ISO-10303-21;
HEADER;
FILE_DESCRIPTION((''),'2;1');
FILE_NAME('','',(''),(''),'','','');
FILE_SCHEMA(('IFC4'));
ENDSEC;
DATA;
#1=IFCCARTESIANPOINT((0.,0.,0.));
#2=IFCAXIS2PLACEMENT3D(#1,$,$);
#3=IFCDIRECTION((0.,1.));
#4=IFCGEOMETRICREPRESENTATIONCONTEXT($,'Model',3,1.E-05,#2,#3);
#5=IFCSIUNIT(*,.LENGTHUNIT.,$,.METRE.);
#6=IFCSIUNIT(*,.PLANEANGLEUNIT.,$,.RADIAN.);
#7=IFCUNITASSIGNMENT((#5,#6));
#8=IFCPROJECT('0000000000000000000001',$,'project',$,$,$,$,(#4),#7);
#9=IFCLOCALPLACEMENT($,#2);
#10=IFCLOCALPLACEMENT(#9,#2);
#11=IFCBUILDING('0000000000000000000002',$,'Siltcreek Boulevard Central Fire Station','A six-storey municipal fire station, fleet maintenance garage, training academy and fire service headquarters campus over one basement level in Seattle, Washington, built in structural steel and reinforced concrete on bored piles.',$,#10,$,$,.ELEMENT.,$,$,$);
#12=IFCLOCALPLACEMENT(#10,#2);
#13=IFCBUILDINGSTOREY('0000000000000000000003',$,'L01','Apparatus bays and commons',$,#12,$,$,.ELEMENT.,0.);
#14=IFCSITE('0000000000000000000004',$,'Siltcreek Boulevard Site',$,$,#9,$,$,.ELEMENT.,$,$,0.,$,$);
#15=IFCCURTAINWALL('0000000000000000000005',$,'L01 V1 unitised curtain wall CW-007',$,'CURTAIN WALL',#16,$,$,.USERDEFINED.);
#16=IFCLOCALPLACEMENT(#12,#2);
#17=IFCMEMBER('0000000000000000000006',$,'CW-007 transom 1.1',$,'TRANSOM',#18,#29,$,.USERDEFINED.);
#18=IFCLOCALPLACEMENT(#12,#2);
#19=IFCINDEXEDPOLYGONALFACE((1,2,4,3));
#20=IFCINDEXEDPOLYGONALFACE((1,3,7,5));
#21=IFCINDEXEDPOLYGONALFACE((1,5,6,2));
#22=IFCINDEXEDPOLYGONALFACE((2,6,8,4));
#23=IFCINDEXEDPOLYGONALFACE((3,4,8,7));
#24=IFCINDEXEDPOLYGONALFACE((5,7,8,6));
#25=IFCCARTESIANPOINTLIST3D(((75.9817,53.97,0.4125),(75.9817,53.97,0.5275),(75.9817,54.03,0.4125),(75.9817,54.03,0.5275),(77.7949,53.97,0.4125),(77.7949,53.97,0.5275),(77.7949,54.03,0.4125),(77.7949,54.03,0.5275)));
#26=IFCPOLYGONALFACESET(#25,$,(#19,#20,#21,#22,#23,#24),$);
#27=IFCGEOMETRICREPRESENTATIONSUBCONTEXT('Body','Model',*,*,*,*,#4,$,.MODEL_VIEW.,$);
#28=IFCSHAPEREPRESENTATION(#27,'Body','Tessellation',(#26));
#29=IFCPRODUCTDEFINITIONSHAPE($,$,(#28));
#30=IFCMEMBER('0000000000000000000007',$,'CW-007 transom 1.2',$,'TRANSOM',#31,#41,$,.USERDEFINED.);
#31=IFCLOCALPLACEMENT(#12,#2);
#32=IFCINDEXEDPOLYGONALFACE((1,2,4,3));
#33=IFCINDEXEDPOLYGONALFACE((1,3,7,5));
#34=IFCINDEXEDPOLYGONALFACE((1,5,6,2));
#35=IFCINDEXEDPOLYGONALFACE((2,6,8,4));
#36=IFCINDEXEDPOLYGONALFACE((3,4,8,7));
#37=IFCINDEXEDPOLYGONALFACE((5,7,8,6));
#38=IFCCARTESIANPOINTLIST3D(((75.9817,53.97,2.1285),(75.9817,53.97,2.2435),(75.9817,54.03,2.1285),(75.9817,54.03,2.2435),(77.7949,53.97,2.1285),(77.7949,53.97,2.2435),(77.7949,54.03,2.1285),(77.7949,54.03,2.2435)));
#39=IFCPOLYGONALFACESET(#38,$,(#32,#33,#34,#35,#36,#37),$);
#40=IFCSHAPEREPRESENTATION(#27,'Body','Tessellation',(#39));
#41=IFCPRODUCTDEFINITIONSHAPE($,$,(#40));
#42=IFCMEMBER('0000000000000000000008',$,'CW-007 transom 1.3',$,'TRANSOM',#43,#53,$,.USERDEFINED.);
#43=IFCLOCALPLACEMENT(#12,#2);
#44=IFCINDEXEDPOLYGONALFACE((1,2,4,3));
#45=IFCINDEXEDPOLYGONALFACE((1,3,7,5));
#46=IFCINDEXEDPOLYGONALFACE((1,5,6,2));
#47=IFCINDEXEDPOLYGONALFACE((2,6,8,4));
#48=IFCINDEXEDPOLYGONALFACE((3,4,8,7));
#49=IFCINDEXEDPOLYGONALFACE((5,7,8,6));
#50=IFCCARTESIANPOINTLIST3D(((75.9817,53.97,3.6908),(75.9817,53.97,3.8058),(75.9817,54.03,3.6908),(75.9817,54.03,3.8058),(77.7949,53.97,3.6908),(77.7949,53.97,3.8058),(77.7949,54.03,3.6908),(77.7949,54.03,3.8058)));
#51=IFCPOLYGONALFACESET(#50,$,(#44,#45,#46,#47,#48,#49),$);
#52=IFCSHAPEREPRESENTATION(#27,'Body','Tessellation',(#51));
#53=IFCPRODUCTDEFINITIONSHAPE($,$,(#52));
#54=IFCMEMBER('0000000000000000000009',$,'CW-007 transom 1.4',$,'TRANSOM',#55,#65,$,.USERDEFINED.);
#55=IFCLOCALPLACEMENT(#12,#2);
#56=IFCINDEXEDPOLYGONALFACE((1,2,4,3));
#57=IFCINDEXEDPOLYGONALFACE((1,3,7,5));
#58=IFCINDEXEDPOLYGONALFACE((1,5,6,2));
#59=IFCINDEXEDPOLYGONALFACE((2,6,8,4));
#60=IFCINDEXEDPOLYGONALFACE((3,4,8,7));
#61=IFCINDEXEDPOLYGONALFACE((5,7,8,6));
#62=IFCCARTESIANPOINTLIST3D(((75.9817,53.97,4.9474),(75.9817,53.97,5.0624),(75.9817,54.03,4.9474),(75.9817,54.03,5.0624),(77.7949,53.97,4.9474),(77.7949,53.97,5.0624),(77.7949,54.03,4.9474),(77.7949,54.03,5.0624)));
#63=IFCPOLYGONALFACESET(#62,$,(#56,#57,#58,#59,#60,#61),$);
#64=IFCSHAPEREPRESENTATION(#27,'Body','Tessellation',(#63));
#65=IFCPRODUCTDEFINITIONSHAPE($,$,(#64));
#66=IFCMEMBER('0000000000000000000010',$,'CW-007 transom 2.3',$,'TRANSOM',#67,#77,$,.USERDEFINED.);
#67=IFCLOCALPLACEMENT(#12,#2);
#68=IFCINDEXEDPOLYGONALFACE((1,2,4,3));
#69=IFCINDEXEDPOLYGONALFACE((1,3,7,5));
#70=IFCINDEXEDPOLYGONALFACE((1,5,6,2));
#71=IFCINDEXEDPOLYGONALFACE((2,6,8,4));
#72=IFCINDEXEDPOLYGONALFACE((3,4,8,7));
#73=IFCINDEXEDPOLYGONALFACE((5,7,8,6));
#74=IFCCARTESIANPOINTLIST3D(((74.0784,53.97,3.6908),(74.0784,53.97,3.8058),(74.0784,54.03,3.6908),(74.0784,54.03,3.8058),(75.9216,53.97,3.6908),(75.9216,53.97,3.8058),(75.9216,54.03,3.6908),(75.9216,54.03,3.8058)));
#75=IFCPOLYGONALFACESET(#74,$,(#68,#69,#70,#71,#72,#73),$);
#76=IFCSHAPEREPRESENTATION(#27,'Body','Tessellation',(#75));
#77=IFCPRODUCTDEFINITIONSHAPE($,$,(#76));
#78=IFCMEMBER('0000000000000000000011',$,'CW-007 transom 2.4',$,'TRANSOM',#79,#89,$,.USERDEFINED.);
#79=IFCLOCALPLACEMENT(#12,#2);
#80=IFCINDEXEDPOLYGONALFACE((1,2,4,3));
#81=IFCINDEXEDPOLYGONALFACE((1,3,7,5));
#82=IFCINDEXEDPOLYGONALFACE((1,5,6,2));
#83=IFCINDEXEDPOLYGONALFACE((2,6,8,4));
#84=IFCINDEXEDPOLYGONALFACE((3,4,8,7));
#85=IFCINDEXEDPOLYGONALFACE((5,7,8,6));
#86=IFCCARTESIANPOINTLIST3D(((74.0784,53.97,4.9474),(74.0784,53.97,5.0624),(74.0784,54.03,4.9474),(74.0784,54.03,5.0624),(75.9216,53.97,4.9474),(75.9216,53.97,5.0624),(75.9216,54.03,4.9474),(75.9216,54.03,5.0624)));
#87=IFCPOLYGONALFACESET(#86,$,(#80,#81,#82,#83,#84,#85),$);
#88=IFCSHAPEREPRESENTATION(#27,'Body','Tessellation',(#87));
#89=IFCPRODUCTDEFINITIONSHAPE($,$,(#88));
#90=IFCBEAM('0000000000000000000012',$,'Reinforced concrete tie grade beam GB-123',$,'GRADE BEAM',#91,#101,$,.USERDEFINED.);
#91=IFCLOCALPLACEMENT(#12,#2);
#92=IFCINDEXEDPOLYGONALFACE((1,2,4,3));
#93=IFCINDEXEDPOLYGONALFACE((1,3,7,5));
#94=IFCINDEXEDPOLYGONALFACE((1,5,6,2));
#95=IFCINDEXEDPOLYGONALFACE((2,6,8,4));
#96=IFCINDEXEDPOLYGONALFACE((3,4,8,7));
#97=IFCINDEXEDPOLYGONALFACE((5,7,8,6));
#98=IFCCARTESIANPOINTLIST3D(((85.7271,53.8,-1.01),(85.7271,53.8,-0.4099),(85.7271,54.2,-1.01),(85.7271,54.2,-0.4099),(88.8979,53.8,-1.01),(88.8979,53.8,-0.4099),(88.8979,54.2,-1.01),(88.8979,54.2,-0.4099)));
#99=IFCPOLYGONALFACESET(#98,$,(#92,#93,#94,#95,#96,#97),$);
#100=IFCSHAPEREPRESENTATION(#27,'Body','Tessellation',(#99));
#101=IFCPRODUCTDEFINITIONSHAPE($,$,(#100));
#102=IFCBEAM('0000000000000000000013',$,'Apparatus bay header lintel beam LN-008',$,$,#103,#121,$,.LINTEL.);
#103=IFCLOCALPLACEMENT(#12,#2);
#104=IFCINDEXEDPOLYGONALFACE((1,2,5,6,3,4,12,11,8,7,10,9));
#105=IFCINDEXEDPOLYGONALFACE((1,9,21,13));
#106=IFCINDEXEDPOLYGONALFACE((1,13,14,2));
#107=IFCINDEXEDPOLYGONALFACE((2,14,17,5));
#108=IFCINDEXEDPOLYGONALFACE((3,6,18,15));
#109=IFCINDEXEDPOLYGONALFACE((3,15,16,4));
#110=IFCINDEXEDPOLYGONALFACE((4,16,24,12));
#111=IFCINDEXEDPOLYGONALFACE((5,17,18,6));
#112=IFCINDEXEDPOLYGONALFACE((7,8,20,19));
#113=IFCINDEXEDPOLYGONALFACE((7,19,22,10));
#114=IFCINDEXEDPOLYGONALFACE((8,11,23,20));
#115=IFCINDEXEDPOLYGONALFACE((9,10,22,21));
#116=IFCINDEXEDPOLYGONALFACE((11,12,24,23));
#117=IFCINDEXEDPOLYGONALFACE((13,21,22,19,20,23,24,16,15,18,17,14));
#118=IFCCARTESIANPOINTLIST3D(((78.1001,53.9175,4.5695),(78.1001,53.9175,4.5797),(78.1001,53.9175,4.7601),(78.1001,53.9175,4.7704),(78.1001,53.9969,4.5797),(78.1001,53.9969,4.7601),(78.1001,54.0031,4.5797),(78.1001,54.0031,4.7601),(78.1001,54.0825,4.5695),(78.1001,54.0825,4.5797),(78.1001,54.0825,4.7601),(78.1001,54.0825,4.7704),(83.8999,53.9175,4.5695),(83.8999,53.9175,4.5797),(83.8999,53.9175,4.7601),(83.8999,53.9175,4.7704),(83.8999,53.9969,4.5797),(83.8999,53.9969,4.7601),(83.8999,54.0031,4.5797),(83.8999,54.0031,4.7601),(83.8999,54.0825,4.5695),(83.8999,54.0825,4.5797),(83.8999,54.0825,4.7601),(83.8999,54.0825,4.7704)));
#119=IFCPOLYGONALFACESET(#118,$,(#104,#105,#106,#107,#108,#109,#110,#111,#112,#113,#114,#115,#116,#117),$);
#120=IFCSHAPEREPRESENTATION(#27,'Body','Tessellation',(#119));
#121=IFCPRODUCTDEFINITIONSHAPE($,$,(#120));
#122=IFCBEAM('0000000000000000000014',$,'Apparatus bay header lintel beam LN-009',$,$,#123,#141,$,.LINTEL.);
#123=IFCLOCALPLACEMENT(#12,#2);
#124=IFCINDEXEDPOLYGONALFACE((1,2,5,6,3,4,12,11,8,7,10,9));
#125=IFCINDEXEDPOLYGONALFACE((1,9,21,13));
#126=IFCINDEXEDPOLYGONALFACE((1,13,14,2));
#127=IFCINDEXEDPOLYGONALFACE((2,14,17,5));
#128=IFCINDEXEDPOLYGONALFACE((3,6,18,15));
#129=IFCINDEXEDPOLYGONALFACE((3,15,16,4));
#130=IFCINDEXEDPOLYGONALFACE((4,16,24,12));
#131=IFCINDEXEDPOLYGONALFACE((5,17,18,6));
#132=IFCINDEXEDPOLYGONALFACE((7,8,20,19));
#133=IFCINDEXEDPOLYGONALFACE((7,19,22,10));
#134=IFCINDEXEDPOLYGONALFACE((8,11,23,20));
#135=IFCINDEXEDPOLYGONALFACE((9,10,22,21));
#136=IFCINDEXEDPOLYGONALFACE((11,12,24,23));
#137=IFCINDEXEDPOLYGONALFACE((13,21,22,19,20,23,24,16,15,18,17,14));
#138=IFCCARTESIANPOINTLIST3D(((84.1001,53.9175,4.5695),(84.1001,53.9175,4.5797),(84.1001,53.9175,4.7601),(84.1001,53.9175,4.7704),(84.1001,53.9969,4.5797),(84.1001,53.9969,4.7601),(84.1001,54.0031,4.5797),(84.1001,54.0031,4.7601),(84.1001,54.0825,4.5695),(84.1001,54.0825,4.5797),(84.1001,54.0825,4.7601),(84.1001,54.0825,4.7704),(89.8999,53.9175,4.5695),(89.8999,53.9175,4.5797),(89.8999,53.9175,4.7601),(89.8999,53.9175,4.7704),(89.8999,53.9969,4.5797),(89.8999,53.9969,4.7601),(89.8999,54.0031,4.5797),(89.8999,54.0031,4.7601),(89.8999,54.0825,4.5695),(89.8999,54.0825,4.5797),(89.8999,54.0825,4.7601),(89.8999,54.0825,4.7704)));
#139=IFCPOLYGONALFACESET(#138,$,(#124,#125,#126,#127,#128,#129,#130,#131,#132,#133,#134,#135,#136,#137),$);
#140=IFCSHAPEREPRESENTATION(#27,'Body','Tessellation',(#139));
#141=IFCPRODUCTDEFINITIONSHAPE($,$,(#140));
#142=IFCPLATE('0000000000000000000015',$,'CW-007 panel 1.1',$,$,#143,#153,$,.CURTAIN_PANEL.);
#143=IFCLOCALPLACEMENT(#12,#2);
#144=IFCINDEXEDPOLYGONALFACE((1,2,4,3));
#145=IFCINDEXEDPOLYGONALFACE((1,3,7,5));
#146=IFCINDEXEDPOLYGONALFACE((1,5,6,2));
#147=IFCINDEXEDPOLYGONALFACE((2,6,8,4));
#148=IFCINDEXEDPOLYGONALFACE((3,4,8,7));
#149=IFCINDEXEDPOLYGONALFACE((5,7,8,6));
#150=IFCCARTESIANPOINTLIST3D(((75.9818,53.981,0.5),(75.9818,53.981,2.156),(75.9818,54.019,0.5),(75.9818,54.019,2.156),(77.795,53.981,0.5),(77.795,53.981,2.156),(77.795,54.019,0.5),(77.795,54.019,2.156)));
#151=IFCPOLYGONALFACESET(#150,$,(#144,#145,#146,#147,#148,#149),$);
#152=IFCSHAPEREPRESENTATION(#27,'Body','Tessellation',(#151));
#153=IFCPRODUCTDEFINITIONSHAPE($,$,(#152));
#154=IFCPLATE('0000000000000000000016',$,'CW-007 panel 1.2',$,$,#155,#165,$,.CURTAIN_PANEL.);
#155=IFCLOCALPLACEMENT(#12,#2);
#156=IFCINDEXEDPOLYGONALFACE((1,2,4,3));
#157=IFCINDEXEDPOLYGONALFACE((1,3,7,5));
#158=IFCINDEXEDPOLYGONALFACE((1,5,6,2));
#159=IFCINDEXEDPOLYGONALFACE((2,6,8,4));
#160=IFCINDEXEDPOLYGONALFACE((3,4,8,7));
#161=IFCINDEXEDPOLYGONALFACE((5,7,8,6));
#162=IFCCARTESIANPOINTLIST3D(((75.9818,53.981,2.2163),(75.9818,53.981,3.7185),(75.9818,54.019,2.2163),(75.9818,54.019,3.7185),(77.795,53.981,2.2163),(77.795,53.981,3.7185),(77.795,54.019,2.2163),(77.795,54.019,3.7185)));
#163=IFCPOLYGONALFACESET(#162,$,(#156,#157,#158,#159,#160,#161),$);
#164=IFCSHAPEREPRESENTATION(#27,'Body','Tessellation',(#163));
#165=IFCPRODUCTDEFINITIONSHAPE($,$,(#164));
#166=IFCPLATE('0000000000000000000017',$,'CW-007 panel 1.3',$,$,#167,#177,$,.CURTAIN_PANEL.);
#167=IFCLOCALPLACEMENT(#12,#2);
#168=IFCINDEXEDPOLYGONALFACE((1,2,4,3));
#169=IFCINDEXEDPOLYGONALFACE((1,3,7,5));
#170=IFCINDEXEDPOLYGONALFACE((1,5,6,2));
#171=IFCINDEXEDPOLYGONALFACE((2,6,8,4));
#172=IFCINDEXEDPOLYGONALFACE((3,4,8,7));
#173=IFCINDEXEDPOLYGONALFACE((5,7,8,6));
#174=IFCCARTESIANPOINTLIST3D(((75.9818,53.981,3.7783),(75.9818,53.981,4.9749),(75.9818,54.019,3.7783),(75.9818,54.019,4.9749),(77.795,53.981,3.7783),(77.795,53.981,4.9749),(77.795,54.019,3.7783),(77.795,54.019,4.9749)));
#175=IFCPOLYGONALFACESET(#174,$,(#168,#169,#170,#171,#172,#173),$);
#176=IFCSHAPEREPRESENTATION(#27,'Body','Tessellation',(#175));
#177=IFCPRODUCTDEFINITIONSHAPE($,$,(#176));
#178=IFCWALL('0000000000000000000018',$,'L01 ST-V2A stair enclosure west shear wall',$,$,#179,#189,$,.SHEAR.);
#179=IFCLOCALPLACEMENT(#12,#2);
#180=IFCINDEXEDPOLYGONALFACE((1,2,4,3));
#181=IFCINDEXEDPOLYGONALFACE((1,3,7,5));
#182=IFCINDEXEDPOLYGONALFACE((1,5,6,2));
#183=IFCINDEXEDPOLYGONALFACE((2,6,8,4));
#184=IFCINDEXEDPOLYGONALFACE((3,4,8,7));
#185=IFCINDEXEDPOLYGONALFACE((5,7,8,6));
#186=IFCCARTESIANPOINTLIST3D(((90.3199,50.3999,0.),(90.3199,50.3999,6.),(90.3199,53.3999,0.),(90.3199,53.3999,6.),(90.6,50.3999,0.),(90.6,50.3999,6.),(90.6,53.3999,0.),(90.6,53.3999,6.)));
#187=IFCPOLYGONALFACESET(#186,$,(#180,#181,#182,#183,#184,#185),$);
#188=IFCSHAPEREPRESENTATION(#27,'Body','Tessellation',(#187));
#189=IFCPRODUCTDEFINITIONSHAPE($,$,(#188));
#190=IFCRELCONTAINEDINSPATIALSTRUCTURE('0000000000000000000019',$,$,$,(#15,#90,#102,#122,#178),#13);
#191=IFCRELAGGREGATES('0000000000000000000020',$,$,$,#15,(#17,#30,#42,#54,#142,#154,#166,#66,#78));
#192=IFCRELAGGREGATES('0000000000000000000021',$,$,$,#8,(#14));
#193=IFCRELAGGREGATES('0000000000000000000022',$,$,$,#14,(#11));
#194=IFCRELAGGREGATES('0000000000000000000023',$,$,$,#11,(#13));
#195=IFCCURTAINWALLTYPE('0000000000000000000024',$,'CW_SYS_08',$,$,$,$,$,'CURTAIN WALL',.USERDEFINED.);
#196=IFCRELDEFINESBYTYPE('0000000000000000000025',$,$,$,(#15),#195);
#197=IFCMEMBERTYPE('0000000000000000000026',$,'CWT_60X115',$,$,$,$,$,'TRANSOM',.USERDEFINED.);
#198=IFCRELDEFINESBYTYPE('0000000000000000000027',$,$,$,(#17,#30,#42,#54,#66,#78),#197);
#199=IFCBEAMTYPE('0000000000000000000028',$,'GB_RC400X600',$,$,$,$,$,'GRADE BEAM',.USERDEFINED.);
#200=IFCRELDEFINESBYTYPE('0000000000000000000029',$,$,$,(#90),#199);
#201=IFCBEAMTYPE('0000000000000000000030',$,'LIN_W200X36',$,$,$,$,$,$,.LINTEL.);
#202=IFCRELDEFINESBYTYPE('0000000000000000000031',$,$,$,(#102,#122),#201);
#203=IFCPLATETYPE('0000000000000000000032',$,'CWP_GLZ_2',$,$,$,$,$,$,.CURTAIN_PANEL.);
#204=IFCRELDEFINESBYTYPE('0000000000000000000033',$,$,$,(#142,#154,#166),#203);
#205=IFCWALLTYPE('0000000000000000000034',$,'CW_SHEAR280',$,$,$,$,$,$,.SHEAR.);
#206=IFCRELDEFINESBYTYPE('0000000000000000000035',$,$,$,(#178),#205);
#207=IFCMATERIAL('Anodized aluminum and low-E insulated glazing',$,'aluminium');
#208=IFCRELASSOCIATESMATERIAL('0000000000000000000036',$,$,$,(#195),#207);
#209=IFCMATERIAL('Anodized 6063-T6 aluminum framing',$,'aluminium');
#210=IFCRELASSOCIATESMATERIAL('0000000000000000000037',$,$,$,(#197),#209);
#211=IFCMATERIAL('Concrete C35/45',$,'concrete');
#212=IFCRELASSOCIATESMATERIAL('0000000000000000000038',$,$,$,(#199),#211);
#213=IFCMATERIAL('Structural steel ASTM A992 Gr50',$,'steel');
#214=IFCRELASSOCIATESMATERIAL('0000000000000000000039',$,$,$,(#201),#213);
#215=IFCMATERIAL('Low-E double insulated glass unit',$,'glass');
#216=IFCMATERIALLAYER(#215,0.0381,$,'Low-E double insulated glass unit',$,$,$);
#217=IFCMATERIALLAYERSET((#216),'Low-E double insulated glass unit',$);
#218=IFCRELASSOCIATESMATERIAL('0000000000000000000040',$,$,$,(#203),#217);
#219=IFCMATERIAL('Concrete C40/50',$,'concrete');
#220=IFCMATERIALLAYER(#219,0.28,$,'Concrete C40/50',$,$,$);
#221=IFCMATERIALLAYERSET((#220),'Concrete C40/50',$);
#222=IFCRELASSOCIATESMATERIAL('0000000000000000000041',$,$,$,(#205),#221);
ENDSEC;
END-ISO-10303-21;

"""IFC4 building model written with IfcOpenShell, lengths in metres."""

from ifc_helpers import new_model, si_unit, direction, frame, frame_2d, origin, origin_2d, place, context, subcontext, project, spatial, rectangle, i_section, extrude, material, layer, layer_set, material_profile, profile_set, type_object, element, aggregate, save


model = new_model("IFC4")

# Units and contexts
model_context = context("Model", 3, precision=1e-05, world=origin(), true_north=direction((0.0, 1.0)))
body_context = subcontext(model_context, "Body", "Model", "MODEL_VIEW")
ifc_project = project(units=[si_unit("LENGTHUNIT", "METRE"), si_unit("PLANEANGLEUNIT", "RADIAN")], contexts=[model_context])

# Site, building, storey
site_placement = place(None, origin())
site = spatial("IfcSite", under=ifc_project, at=site_placement, Name="Siltcreek Boulevard Site", CompositionType="ELEMENT", RefElevation=0.0)
building_placement = place(site_placement, origin())
building = spatial("IfcBuilding", under=site, at=building_placement, Name="Siltcreek Boulevard Central Fire Station", Description="A six-storey municipal fire station, fleet maintenance garage, training academy and fire service headquarters campus over one basement level in Seattle, Washington, built in structural steel and reinforced concrete on bored piles.", CompositionType="ELEMENT")
storey_placement = place(building_placement, origin())
storey = spatial("IfcBuildingStorey", under=building, at=storey_placement, Name="L01", Description="Apparatus bays and commons", CompositionType="ELEMENT", Elevation=0.0)

# Shared definitions
ifc_material_1 = material(Name="Concrete C35/45", Category="concrete")

# Shared definitions
ifc_material_2 = material(Name="Structural steel ASTM A992 Gr50", Category="steel")

# Curtain wall, members
ifc_material_3 = material(Name="Anodized aluminum and low-E insulated glazing", Category="aluminium")
curtain_wall_type = type_object("IfcCurtainWallType", Name="CW_SYS_08", ElementType="CURTAIN WALL", PredefinedType="USERDEFINED", material=ifc_material_3)
curtain_wall_placement = place(storey_placement, origin())
curtain_wall = element("IfcCurtainWall", 1, at=curtain_wall_placement, inside=storey, type_object=curtain_wall_type, Name="L01 V1 unitised curtain wall CW-007", ObjectType="CURTAIN WALL", PredefinedType="USERDEFINED")
ifc_material_4 = material(Name="Anodized 6063-T6 aluminum framing", Category="aluminium")
ifc_material_profile_1 = material_profile(ifc_material_4, rectangle(XDim=0.0601, YDim=0.115, at=origin_2d()), Name="TRAN60X115")
ifc_profile_set_1 = profile_set([ifc_material_profile_1], Name="Anodized 6063-T6 aluminum framing")
member_type_1 = type_object("IfcMemberType", Name="CWT_60X115", ElementType="TRANSOM", PredefinedType="USERDEFINED", material=ifc_profile_set_1)
member_1_placement = place(storey_placement, frame((77.7949, 54.0, 0.47), z_axis=(-1.0, 0.0, 0.0), x_axis=(0.0, -1.0, 0.0)))
member_1 = element("IfcMember", 2, at=member_1_placement, type_object=member_type_1, Name="CW-007 transom 1.1", ObjectType="TRANSOM", PredefinedType="USERDEFINED", context=body_context, shape_type="SweptSolid", body=[
    extrude(rectangle(XDim=0.0601, YDim=0.115, at=origin_2d()), origin(), (0.0, 0.0, 1.0), 1.8132),
])
member_2_placement = place(storey_placement, frame((77.7949, 54.0, 2.186), z_axis=(-1.0, 0.0, 0.0), x_axis=(0.0, -1.0, 0.0)))
member_2 = element("IfcMember", 3, at=member_2_placement, type_object=member_type_1, Name="CW-007 transom 1.2", ObjectType="TRANSOM", PredefinedType="USERDEFINED", context=body_context, shape_type="SweptSolid", body=[
    extrude(rectangle(XDim=0.0601, YDim=0.115, at=origin_2d()), origin(), (0.0, 0.0, 1.0), 1.8132),
])
member_3_placement = place(storey_placement, frame((77.7949, 54.0, 3.7483), z_axis=(-1.0, 0.0, 0.0), x_axis=(0.0, -1.0, 0.0)))
member_3 = element("IfcMember", 4, at=member_3_placement, type_object=member_type_1, Name="CW-007 transom 1.3", ObjectType="TRANSOM", PredefinedType="USERDEFINED", context=body_context, shape_type="SweptSolid", body=[
    extrude(rectangle(XDim=0.0601, YDim=0.115, at=origin_2d()), origin(), (0.0, 0.0, 1.0), 1.8132),
])
member_4_placement = place(storey_placement, frame((77.7949, 54.0, 5.0049), z_axis=(-1.0, 0.0, 0.0), x_axis=(0.0, -1.0, 0.0)))
member_4 = element("IfcMember", 5, at=member_4_placement, type_object=member_type_1, Name="CW-007 transom 1.4", ObjectType="TRANSOM", PredefinedType="USERDEFINED", context=body_context, shape_type="SweptSolid", body=[
    extrude(rectangle(XDim=0.0601, YDim=0.115, at=origin_2d()), origin(), (0.0, 0.0, 1.0), 1.8132),
])
member_5_placement = place(storey_placement, frame((75.9216, 54.0, 3.7483), z_axis=(-1.0, 0.0, 0.0), x_axis=(0.0, -1.0, 0.0)))
member_5 = element("IfcMember", 6, at=member_5_placement, type_object=member_type_1, Name="CW-007 transom 2.3", ObjectType="TRANSOM", PredefinedType="USERDEFINED", context=body_context, shape_type="SweptSolid", body=[
    extrude(rectangle(XDim=0.0601, YDim=0.115, at=origin_2d()), origin(), (0.0, 0.0, 1.0), 1.8433),
])
member_6_placement = place(storey_placement, frame((75.9216, 54.0, 5.0049), z_axis=(-1.0, 0.0, 0.0), x_axis=(0.0, -1.0, 0.0)))
member_6 = element("IfcMember", 7, at=member_6_placement, type_object=member_type_1, Name="CW-007 transom 2.4", ObjectType="TRANSOM", PredefinedType="USERDEFINED", context=body_context, shape_type="SweptSolid", body=[
    extrude(rectangle(XDim=0.0601, YDim=0.115, at=origin_2d()), origin(), (0.0, 0.0, 1.0), 1.8433),
])

# Beams
ifc_material_profile_2 = material_profile(ifc_material_1, rectangle(XDim=0.3999, YDim=0.6001, at=origin_2d()), Name="RC400X600")
ifc_profile_set_2 = profile_set([ifc_material_profile_2], Name="Concrete C35/45")
beam_type_1 = type_object("IfcBeamType", Name="GB_RC400X600", ElementType="GRADE BEAM", PredefinedType="USERDEFINED", material=ifc_profile_set_2)
beam_placement = place(storey_placement, frame((85.7271, 54.0, -0.71), z_axis=(1.0, 0.0, 0.0), x_axis=(0.0, 1.0, 0.0)))
element("IfcBeam", 8, at=beam_placement, inside=storey, type_object=beam_type_1, Name="Reinforced concrete tie grade beam GB-123", ObjectType="GRADE BEAM", PredefinedType="USERDEFINED", context=body_context, shape_type="SweptSolid", body=[
    extrude(rectangle(XDim=0.3999, YDim=0.6001, at=origin_2d()), origin(), (0.0, 0.0, 1.0), 3.1709),
])
ifc_material_profile_3 = material_profile(ifc_material_2, i_section(OverallWidth=0.165, OverallDepth=0.2009, WebThickness=0.0061, FlangeThickness=0.0103, at=origin_2d()), Name="W200X36")
ifc_profile_set_3 = profile_set([ifc_material_profile_3], Name="Structural steel ASTM A992 Gr50")
beam_type_2 = type_object("IfcBeamType", Name="LIN_W200X36", PredefinedType="LINTEL", material=ifc_profile_set_3)
for number, where, z_axis, x_axis, name in (
    (9, (83.8999, 54.0, 4.6699), (-1.0, 0.0, 0.0), (0.0, -1.0, 0.0), "Apparatus bay header lintel beam LN-008"),
    (10, (89.8999, 54.0, 4.6699), (-1.0, 0.0, 0.0), (0.0, -1.0, 0.0), "Apparatus bay header lintel beam LN-009"),
):
    element("IfcBeam", number, at=place(storey_placement, frame(where, z_axis=z_axis, x_axis=x_axis)), inside=storey, type_object=beam_type_2, Name=name, PredefinedType="LINTEL", context=body_context, shape_type="SweptSolid", body=[
        extrude(i_section(OverallWidth=0.165, OverallDepth=0.2009, WebThickness=0.0061, FlangeThickness=0.0103, at=origin_2d()), origin(), (0.0, 0.0, 1.0), 5.7998),
    ])

# Plates
ifc_material_5 = material(Name="Low-E double insulated glass unit", Category="glass")
ifc_layer_1 = layer(ifc_material_5, 0.0381, Name="Low-E double insulated glass unit")
ifc_layer_set_1 = layer_set([ifc_layer_1], Name="Low-E double insulated glass unit")
plate_type = type_object("IfcPlateType", Name="CWP_GLZ_2", PredefinedType="CURTAIN_PANEL", material=ifc_layer_set_1)
plate_1_placement = place(storey_placement, frame((76.8884, 54.0, 0.5), z_axis=(0.0, 0.0, 1.0), x_axis=(-1.0, 0.0, 0.0)))
plate_1 = element("IfcPlate", 11, at=plate_1_placement, type_object=plate_type, Name="CW-007 panel 1.1", PredefinedType="CURTAIN_PANEL", context=body_context, shape_type="SweptSolid", body=[
    extrude(rectangle(XDim=1.8132, YDim=0.0381, at=origin_2d()), origin(), (0.0, 0.0, 1.0), 1.656),
])
plate_2_placement = place(storey_placement, frame((76.8884, 54.0, 2.2163), z_axis=(0.0, 0.0, 1.0), x_axis=(-1.0, 0.0, 0.0)))
plate_2 = element("IfcPlate", 12, at=plate_2_placement, type_object=plate_type, Name="CW-007 panel 1.2", PredefinedType="CURTAIN_PANEL", context=body_context, shape_type="SweptSolid", body=[
    extrude(rectangle(XDim=1.8132, YDim=0.0381, at=origin_2d()), origin(), (0.0, 0.0, 1.0), 1.5022),
])
plate_3_placement = place(storey_placement, frame((76.8884, 54.0, 3.7783), z_axis=(0.0, 0.0, 1.0), x_axis=(-1.0, 0.0, 0.0)))
plate_3 = element("IfcPlate", 13, at=plate_3_placement, type_object=plate_type, Name="CW-007 panel 1.3", PredefinedType="CURTAIN_PANEL", context=body_context, shape_type="SweptSolid", body=[
    extrude(rectangle(XDim=1.8132, YDim=0.0381, at=origin_2d()), origin(), (0.0, 0.0, 1.0), 1.1965),
])
aggregate(curtain_wall, [member_1, member_2, member_3, member_4, plate_1, plate_2, plate_3, member_5, member_6])

# Wall
ifc_material_6 = material(Name="Concrete C40/50", Category="concrete")
ifc_layer_2 = layer(ifc_material_6, 0.28, Name="Concrete C40/50")
ifc_layer_set_2 = layer_set([ifc_layer_2], Name="Concrete C40/50")
wall_type_1 = type_object("IfcWallType", Name="CW_SHEAR280", PredefinedType="SHEAR", material=ifc_layer_set_2)
wall_1_placement = place(storey_placement, frame((90.46, 53.3999, 0.0), z_axis=(0.0, 0.0, 1.0), x_axis=(0.0, -1.0, 0.0)))
element("IfcWall", 14, at=wall_1_placement, inside=storey, type_object=wall_type_1, Name="L01 ST-V2A stair enclosure west shear wall", PredefinedType="SHEAR", context=body_context, shape_type="SweptSolid", body=[
    extrude(rectangle(XDim=3.0, YDim=0.28, at=frame_2d((1.5, 0.0))), origin(), (0.0, 0.0, 1.0), 6.0),
])

save(model, "model.ifc")
